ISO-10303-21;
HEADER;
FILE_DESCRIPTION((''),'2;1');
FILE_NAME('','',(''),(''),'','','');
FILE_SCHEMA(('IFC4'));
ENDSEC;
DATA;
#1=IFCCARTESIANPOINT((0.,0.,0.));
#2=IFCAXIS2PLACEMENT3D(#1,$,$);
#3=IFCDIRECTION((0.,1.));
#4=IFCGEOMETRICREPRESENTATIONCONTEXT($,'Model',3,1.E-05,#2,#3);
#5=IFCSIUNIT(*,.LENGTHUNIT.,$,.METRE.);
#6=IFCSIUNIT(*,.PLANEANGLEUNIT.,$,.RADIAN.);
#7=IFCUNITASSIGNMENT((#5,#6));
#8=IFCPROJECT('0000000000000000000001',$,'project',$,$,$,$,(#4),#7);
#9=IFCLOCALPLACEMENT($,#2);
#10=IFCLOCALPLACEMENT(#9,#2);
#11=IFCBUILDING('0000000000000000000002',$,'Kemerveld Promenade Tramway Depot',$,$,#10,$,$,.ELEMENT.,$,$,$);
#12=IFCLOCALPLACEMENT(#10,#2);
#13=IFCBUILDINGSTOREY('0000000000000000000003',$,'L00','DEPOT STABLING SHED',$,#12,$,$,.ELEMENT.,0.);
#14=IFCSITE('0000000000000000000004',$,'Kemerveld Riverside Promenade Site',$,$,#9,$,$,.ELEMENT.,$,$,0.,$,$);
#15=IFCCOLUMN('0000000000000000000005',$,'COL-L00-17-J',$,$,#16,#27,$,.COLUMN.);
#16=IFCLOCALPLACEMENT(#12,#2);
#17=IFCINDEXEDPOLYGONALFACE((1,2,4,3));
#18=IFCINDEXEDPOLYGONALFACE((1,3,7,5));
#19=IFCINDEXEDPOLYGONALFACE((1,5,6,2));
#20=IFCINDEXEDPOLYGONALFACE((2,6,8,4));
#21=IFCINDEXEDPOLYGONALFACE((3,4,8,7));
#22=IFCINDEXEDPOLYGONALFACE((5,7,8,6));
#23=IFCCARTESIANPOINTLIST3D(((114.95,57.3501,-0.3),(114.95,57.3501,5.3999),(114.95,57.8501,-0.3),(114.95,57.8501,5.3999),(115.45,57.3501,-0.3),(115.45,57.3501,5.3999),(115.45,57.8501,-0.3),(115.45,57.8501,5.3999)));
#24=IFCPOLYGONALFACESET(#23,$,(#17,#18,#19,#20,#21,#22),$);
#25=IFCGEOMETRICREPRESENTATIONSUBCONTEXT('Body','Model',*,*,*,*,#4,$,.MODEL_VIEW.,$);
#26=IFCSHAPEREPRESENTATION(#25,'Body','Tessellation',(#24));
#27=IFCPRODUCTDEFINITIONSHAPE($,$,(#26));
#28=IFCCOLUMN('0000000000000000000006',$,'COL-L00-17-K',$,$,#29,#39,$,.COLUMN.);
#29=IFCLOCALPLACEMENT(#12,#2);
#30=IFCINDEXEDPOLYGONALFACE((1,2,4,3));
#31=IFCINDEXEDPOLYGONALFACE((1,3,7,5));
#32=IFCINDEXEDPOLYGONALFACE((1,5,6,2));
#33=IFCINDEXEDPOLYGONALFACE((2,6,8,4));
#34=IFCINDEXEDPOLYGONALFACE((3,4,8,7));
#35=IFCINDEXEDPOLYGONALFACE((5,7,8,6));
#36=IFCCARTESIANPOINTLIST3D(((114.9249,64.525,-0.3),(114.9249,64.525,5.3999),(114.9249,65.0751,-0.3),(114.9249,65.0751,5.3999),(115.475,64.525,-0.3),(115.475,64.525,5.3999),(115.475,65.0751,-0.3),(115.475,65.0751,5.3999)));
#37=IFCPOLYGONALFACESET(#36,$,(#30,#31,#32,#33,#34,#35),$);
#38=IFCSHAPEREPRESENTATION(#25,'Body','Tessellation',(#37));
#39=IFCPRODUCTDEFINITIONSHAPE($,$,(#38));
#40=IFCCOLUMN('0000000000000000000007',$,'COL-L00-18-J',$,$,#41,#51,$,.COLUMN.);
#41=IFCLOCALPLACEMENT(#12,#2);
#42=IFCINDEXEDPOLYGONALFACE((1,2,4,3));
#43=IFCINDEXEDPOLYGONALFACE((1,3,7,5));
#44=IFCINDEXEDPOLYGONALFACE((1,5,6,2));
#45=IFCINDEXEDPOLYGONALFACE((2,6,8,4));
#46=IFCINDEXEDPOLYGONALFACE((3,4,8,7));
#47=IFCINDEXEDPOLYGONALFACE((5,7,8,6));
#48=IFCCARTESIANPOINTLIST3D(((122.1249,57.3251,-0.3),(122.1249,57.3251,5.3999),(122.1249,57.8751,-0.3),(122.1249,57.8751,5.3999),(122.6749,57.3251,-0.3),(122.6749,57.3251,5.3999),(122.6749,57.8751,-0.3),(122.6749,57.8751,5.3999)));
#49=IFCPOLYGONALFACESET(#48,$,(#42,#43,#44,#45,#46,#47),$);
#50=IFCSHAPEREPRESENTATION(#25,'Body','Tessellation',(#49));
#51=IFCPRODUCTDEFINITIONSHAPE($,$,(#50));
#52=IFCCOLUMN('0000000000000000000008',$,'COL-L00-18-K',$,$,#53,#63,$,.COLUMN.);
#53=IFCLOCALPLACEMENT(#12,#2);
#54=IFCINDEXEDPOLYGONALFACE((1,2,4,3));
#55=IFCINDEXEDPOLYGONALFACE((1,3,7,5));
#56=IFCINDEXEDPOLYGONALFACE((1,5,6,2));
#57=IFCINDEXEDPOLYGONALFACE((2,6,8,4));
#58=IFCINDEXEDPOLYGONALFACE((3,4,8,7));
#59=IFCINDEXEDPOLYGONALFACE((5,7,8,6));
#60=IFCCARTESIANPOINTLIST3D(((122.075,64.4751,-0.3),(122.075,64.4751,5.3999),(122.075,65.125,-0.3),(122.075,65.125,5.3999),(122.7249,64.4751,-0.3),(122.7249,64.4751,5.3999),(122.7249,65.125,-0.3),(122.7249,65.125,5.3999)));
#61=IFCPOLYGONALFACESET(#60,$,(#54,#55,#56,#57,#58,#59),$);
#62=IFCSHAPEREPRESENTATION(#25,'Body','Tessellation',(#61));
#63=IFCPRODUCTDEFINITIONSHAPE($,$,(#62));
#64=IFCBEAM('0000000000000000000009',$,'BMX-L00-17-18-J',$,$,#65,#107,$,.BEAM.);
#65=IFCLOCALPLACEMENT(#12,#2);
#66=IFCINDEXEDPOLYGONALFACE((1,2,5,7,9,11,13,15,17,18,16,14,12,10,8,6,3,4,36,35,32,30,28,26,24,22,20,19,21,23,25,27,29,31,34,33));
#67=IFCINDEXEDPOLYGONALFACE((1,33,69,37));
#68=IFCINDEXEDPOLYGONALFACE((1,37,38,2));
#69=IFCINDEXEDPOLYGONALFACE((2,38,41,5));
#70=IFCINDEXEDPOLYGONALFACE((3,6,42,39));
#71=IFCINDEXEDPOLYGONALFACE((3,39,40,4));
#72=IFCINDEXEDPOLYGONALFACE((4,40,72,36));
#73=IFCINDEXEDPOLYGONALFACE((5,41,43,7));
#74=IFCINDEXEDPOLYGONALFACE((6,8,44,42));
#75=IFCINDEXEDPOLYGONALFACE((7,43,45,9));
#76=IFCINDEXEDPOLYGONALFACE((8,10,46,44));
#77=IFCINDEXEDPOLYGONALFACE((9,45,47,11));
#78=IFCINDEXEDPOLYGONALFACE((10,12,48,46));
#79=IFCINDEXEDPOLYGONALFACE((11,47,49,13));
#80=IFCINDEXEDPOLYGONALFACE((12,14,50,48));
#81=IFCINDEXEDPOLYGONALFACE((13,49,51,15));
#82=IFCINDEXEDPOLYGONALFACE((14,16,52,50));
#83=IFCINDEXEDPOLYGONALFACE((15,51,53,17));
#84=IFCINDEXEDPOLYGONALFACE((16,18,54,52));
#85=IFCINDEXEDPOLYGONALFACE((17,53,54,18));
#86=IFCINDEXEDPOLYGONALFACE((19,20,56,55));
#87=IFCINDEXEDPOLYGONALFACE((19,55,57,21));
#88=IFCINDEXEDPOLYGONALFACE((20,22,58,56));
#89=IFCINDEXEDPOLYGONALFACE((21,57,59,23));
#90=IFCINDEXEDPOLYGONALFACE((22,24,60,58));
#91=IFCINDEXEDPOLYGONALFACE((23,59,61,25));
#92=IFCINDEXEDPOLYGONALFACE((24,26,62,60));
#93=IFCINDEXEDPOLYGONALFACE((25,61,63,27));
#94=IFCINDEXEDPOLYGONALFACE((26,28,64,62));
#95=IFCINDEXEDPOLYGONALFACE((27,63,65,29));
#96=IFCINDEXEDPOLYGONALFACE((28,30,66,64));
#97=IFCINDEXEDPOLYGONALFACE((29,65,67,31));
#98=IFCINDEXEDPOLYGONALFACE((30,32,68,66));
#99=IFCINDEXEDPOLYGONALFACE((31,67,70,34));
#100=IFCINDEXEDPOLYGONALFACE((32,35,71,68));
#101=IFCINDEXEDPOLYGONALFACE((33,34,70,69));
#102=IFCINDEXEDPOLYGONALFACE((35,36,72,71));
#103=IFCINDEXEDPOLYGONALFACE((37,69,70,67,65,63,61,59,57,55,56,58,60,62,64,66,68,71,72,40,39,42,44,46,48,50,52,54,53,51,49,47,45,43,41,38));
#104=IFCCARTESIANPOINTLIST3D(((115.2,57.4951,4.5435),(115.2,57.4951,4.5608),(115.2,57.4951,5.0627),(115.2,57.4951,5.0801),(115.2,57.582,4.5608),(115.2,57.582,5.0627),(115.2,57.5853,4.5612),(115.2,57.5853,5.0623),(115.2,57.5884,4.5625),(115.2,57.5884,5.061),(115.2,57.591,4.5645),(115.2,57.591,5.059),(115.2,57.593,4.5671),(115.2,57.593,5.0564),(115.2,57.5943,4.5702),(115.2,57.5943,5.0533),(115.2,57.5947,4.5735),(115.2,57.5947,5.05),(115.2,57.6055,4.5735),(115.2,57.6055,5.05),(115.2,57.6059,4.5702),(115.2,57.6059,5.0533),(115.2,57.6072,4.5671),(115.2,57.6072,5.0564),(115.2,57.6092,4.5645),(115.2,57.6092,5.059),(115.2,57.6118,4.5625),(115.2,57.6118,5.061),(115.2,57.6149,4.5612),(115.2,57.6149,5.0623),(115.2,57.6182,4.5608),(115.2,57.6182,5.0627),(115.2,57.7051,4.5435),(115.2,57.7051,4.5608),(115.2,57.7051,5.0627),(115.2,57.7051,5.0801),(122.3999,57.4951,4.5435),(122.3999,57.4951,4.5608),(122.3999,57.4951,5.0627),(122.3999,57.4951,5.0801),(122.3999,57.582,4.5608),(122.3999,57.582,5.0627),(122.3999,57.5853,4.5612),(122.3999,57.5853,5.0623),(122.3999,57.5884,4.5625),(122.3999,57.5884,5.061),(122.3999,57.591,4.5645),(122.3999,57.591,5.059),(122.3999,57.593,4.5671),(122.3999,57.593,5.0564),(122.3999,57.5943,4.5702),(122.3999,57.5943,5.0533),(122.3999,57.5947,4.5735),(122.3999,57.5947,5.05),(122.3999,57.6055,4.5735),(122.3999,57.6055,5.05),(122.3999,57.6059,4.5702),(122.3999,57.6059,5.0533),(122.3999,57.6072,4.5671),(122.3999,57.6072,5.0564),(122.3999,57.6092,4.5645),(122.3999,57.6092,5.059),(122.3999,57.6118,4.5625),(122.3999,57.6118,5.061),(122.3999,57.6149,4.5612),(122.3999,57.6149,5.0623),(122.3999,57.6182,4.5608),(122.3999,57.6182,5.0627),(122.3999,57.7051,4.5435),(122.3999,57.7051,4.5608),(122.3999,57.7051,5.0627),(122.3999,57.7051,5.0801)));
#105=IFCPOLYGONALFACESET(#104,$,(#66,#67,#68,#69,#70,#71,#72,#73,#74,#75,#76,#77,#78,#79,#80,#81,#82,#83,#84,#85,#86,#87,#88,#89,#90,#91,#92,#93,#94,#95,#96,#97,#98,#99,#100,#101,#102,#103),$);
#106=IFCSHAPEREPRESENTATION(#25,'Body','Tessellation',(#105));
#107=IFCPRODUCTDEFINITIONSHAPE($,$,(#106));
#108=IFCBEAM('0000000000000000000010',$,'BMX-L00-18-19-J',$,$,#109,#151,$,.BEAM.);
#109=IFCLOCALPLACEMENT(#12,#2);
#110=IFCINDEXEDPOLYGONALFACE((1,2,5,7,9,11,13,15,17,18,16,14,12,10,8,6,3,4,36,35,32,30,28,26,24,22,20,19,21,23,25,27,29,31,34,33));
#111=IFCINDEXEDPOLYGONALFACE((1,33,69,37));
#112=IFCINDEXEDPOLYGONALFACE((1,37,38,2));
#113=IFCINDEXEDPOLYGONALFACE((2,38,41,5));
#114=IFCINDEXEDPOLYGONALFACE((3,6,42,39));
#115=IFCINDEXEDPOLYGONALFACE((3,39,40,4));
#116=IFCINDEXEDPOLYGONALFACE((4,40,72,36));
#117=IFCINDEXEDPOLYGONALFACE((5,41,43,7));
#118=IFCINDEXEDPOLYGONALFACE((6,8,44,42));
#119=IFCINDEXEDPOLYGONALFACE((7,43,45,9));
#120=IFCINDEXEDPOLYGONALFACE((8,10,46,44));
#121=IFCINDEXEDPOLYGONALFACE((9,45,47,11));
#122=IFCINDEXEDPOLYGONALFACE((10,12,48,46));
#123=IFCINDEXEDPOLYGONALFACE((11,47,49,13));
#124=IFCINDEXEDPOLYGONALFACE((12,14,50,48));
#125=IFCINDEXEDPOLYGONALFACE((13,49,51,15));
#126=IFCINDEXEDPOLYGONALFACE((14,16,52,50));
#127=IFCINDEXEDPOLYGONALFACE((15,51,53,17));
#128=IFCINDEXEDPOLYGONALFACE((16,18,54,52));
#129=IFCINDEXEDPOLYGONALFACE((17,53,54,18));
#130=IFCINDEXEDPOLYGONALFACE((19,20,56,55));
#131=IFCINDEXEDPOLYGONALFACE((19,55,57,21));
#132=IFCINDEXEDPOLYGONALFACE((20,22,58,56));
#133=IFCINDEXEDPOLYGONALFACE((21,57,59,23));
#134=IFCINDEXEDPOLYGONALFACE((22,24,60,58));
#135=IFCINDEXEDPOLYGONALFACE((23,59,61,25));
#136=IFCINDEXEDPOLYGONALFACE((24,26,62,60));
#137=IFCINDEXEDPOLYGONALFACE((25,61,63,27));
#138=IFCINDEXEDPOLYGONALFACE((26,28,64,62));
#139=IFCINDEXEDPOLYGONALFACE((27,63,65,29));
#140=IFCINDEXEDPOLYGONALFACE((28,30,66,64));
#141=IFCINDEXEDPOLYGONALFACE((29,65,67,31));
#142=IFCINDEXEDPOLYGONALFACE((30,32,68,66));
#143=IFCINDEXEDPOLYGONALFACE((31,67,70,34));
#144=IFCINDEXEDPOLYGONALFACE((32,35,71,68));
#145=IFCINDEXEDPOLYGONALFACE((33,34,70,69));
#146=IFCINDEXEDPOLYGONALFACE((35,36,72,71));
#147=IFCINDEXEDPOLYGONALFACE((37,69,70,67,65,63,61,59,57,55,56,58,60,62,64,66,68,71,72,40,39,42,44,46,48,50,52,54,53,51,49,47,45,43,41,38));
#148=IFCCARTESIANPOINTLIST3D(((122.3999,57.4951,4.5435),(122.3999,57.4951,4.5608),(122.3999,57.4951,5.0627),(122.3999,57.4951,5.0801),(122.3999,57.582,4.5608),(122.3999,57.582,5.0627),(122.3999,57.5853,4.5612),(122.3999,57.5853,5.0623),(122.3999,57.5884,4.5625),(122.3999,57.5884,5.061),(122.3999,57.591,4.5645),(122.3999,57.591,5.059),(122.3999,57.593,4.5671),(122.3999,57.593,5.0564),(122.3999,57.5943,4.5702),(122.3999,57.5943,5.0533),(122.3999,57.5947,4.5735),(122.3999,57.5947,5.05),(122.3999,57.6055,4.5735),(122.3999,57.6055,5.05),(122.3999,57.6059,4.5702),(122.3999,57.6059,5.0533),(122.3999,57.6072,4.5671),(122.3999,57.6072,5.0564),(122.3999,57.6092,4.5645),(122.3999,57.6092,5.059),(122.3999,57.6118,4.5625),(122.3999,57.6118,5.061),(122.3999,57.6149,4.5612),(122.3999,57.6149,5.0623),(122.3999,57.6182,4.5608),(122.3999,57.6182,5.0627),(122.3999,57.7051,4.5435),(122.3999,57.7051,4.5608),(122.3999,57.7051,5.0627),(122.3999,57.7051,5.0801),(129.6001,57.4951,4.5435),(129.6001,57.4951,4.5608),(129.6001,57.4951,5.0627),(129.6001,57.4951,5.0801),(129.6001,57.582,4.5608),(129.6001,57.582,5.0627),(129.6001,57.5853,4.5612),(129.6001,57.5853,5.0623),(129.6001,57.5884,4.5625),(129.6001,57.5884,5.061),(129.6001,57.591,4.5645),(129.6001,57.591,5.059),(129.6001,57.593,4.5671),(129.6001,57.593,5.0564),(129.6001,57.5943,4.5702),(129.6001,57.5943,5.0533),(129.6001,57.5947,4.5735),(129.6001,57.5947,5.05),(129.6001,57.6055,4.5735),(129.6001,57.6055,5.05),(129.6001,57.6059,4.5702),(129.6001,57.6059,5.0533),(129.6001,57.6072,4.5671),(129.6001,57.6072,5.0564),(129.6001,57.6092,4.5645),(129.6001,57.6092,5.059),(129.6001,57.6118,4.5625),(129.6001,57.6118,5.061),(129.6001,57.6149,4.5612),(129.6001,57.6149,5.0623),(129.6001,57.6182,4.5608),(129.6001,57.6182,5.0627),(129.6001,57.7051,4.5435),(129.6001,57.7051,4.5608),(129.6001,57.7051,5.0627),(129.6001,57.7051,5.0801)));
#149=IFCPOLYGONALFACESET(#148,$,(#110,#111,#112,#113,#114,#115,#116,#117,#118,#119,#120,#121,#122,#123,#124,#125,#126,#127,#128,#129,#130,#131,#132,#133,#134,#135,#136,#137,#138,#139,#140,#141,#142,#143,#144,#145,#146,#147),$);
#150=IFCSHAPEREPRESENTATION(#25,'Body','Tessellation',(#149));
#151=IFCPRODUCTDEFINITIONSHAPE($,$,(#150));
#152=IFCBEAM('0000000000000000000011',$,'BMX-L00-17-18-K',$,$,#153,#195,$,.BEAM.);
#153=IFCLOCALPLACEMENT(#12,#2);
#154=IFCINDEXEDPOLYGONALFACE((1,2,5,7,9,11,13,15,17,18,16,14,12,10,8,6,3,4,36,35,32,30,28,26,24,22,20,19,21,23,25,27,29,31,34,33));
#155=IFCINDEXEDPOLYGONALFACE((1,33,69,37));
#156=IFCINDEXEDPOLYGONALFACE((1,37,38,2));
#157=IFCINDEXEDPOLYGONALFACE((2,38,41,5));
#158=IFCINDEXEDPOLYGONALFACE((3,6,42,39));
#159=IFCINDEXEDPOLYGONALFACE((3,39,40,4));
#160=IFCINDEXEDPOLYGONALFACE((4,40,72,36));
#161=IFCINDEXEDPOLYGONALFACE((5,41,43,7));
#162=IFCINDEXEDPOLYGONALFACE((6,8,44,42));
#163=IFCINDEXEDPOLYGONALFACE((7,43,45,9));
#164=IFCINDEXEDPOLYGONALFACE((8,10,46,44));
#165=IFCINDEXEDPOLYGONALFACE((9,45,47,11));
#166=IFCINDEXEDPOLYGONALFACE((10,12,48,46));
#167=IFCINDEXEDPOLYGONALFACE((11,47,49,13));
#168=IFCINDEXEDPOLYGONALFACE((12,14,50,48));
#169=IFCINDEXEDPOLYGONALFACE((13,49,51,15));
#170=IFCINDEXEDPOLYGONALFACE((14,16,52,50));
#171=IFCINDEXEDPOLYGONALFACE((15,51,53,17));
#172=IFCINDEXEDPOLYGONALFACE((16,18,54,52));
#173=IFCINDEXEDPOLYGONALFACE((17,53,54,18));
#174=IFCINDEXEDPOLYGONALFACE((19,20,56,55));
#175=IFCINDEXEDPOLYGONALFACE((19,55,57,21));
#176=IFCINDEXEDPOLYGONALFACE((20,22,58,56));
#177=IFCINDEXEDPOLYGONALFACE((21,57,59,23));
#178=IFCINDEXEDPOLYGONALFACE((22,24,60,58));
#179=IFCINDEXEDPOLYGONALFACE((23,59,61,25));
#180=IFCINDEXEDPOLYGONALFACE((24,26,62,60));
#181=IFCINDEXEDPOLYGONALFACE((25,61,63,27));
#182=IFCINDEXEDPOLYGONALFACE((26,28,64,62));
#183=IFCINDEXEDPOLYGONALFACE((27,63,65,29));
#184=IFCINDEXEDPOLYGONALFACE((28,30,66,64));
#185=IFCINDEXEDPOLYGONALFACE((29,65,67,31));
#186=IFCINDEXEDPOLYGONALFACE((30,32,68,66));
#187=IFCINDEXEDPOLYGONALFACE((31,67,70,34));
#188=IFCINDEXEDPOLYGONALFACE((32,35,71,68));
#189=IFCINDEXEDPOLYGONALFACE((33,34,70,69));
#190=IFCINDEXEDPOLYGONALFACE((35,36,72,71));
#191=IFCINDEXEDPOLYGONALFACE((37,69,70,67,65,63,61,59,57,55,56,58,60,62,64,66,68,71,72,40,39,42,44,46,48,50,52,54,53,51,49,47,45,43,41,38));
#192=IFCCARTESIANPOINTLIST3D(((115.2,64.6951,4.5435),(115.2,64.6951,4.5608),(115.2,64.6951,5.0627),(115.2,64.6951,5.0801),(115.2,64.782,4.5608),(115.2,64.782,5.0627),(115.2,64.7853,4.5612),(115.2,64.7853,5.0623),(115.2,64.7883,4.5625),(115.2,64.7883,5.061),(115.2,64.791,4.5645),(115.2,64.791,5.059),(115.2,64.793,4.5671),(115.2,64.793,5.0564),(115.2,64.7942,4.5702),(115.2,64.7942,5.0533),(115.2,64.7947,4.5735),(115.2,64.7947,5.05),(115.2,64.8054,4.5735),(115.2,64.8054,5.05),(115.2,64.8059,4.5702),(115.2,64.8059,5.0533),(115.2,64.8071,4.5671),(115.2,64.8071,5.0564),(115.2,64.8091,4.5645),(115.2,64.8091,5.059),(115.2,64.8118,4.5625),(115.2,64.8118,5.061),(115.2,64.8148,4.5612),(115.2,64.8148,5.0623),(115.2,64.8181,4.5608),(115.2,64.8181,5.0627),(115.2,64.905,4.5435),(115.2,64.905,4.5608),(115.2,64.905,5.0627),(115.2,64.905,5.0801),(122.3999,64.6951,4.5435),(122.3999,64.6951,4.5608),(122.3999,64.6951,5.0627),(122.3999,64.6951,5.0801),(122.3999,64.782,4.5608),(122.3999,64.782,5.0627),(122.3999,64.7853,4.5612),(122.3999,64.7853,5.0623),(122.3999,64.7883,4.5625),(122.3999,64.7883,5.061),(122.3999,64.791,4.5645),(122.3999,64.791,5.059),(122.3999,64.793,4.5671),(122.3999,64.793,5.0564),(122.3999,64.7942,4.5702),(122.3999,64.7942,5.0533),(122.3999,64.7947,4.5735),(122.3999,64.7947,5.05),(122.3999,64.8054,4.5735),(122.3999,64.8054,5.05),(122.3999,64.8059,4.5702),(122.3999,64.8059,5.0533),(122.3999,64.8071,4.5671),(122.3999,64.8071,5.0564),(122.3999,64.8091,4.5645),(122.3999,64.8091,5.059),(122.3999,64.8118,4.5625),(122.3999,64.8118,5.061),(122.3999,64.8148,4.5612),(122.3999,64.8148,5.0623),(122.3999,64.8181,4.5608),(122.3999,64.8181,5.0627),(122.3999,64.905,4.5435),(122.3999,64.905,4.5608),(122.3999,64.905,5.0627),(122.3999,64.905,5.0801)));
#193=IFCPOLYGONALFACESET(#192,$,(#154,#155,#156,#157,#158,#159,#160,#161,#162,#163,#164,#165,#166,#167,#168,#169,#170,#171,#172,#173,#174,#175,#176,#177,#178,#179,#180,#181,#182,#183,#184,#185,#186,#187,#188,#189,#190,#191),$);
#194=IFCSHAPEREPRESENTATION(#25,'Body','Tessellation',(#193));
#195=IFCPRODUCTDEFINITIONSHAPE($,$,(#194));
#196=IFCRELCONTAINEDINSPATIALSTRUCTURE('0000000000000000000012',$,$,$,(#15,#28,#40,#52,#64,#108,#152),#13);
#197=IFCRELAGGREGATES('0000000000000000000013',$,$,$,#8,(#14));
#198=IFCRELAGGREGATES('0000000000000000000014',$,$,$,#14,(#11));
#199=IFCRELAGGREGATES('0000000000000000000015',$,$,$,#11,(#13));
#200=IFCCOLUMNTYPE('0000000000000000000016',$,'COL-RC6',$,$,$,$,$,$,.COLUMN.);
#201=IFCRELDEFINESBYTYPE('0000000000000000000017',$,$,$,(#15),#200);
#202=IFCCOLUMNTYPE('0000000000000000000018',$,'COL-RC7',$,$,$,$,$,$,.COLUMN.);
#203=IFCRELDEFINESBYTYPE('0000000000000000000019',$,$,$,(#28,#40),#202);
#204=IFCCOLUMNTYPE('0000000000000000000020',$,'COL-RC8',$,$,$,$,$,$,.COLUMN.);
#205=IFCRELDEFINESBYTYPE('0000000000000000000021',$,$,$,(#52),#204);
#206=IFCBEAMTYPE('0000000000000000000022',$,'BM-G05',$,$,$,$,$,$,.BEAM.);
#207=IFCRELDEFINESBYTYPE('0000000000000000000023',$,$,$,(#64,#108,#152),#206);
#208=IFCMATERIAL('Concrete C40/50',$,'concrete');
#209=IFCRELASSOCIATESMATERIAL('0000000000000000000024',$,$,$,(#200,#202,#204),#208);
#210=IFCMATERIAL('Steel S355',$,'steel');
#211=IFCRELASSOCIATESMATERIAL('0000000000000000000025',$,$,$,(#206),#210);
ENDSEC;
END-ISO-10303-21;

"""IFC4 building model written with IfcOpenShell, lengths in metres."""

from ifc_helpers import new_model, si_unit, direction, frame, origin, origin_2d, place, context, subcontext, project, spatial, rectangle, i_section, extrude, material, material_profile, profile_set, type_object, element, save


model = new_model("IFC4")

# Units and contexts
model_context = context("Model", 3, precision=1e-05, world=origin(), true_north=direction((0.0, 1.0)))
body_context = subcontext(model_context, "Body", "Model", "MODEL_VIEW")
ifc_project = project(units=[si_unit("LENGTHUNIT", "METRE"), si_unit("PLANEANGLEUNIT", "RADIAN")], contexts=[model_context])

# Site, building, storey
site_placement = place(None, origin())
site = spatial("IfcSite", under=ifc_project, at=site_placement, Name="Kemerveld Riverside Promenade Site", CompositionType="ELEMENT", RefElevation=0.0)
building_placement = place(site_placement, origin())
building = spatial("IfcBuilding", under=site, at=building_placement, Name="Kemerveld Promenade Tramway Depot", CompositionType="ELEMENT")
storey_placement = place(building_placement, origin())
storey = spatial("IfcBuildingStorey", under=building, at=storey_placement, Name="L00", Description="DEPOT STABLING SHED", CompositionType="ELEMENT", Elevation=0.0)

# Columns
ifc_material_1 = material(Name="Concrete C40/50", Category="concrete")
ifc_material_profile_1 = material_profile(ifc_material_1, rectangle(XDim=0.5, YDim=0.5, at=origin_2d()), Name="RC-COL-500x500")
ifc_profile_set_1 = profile_set([ifc_material_profile_1], Name="Concrete C40/50")
column_type_1 = type_object("IfcColumnType", Name="COL-RC6", PredefinedType="COLUMN", material=ifc_profile_set_1)
column_1_placement = place(storey_placement, frame((115.2, 57.6001, -0.3), z_axis=(0.0, 0.0, 1.0), x_axis=(1.0, 0.0, 0.0)))
element("IfcColumn", 1, at=column_1_placement, inside=storey, type_object=column_type_1, Name="COL-L00-17-J", PredefinedType="COLUMN", context=body_context, shape_type="SweptSolid", body=[
    extrude(rectangle(XDim=0.5, YDim=0.5, at=origin_2d()), origin(), (0.0, 0.0, 1.0), 5.7),
])
ifc_material_profile_2 = material_profile(ifc_material_1, rectangle(XDim=0.55, YDim=0.55, at=origin_2d()), Name="RC-COL-550x550")
ifc_profile_set_2 = profile_set([ifc_material_profile_2], Name="Concrete C40/50")
column_type_2 = type_object("IfcColumnType", Name="COL-RC7", PredefinedType="COLUMN", material=ifc_profile_set_2)
for number, where, z_axis, x_axis, name in (
    (2, (115.2, 64.8, -0.3), (0.0, 0.0, 1.0), (1.0, 0.0, 0.0), "COL-L00-17-K"),
    (3, (122.3999, 57.6001, -0.3), (0.0, 0.0, 1.0), (1.0, 0.0, 0.0), "COL-L00-18-J"),
):
    element("IfcColumn", number, at=place(storey_placement, frame(where, z_axis=z_axis, x_axis=x_axis)), inside=storey, type_object=column_type_2, Name=name, PredefinedType="COLUMN", context=body_context, shape_type="SweptSolid", body=[
        extrude(rectangle(XDim=0.55, YDim=0.55, at=origin_2d()), origin(), (0.0, 0.0, 1.0), 5.7),
    ])
ifc_material_profile_3 = material_profile(ifc_material_1, rectangle(XDim=0.6499, YDim=0.6499, at=origin_2d()), Name="RC-COL-650x650")
ifc_profile_set_3 = profile_set([ifc_material_profile_3], Name="Concrete C40/50")
column_type_3 = type_object("IfcColumnType", Name="COL-RC8", PredefinedType="COLUMN", material=ifc_profile_set_3)
column_2_placement = place(storey_placement, frame((122.3999, 64.8, -0.3), z_axis=(0.0, 0.0, 1.0), x_axis=(1.0, 0.0, 0.0)))
element("IfcColumn", 4, at=column_2_placement, inside=storey, type_object=column_type_3, Name="COL-L00-18-K", PredefinedType="COLUMN", context=body_context, shape_type="SweptSolid", body=[
    extrude(rectangle(XDim=0.6499, YDim=0.6499, at=origin_2d()), origin(), (0.0, 0.0, 1.0), 5.7),
])

# Beams
ifc_material_2 = material(Name="Steel S355", Category="steel")
ifc_material_profile_4 = material_profile(ifc_material_2, i_section(OverallWidth=0.21, OverallDepth=0.5366, WebThickness=0.0107, FlangeThickness=0.0173, FilletRadius=0.0127, at=origin_2d()), Name="533x210x101 UB")
ifc_profile_set_4 = profile_set([ifc_material_profile_4], Name="Steel S355")
beam_type_1 = type_object("IfcBeamType", Name="BM-G05", PredefinedType="BEAM", material=ifc_profile_set_4)
beam_1_placement = place(storey_placement, frame((115.2, 57.6001, 4.8118), z_axis=(1.0, 0.0, 0.0), x_axis=(0.0, 1.0, 0.0)))
element("IfcBeam", 5, at=beam_1_placement, inside=storey, type_object=beam_type_1, Name="BMX-L00-17-18-J", PredefinedType="BEAM", context=body_context, shape_type="SweptSolid", body=[
    extrude(i_section(OverallWidth=0.21, OverallDepth=0.5366, WebThickness=0.0107, FlangeThickness=0.0173, FilletRadius=0.0127, at=origin_2d()), origin(), (0.0, 0.0, 1.0), 7.2),
])
beam_2_placement = place(storey_placement, frame((122.3999, 57.6001, 4.8118), z_axis=(1.0, 0.0, 0.0), x_axis=(0.0, 1.0, 0.0)))
element("IfcBeam", 6, at=beam_2_placement, inside=storey, type_object=beam_type_1, Name="BMX-L00-18-19-J", PredefinedType="BEAM", context=body_context, shape_type="SweptSolid", body=[
    extrude(i_section(OverallWidth=0.21, OverallDepth=0.5366, WebThickness=0.0107, FlangeThickness=0.0173, FilletRadius=0.0127, at=origin_2d()), origin(), (0.0, 0.0, 1.0), 7.2002),
])
beam_3_placement = place(storey_placement, frame((115.2, 64.8, 4.8118), z_axis=(1.0, 0.0, 0.0), x_axis=(0.0, 1.0, 0.0)))
element("IfcBeam", 7, at=beam_3_placement, inside=storey, type_object=beam_type_1, Name="BMX-L00-17-18-K", PredefinedType="BEAM", context=body_context, shape_type="SweptSolid", body=[
    extrude(i_section(OverallWidth=0.21, OverallDepth=0.5366, WebThickness=0.0107, FlangeThickness=0.0173, FilletRadius=0.0127, at=origin_2d()), origin(), (0.0, 0.0, 1.0), 7.2),
])

save(model, "model.ifc")
